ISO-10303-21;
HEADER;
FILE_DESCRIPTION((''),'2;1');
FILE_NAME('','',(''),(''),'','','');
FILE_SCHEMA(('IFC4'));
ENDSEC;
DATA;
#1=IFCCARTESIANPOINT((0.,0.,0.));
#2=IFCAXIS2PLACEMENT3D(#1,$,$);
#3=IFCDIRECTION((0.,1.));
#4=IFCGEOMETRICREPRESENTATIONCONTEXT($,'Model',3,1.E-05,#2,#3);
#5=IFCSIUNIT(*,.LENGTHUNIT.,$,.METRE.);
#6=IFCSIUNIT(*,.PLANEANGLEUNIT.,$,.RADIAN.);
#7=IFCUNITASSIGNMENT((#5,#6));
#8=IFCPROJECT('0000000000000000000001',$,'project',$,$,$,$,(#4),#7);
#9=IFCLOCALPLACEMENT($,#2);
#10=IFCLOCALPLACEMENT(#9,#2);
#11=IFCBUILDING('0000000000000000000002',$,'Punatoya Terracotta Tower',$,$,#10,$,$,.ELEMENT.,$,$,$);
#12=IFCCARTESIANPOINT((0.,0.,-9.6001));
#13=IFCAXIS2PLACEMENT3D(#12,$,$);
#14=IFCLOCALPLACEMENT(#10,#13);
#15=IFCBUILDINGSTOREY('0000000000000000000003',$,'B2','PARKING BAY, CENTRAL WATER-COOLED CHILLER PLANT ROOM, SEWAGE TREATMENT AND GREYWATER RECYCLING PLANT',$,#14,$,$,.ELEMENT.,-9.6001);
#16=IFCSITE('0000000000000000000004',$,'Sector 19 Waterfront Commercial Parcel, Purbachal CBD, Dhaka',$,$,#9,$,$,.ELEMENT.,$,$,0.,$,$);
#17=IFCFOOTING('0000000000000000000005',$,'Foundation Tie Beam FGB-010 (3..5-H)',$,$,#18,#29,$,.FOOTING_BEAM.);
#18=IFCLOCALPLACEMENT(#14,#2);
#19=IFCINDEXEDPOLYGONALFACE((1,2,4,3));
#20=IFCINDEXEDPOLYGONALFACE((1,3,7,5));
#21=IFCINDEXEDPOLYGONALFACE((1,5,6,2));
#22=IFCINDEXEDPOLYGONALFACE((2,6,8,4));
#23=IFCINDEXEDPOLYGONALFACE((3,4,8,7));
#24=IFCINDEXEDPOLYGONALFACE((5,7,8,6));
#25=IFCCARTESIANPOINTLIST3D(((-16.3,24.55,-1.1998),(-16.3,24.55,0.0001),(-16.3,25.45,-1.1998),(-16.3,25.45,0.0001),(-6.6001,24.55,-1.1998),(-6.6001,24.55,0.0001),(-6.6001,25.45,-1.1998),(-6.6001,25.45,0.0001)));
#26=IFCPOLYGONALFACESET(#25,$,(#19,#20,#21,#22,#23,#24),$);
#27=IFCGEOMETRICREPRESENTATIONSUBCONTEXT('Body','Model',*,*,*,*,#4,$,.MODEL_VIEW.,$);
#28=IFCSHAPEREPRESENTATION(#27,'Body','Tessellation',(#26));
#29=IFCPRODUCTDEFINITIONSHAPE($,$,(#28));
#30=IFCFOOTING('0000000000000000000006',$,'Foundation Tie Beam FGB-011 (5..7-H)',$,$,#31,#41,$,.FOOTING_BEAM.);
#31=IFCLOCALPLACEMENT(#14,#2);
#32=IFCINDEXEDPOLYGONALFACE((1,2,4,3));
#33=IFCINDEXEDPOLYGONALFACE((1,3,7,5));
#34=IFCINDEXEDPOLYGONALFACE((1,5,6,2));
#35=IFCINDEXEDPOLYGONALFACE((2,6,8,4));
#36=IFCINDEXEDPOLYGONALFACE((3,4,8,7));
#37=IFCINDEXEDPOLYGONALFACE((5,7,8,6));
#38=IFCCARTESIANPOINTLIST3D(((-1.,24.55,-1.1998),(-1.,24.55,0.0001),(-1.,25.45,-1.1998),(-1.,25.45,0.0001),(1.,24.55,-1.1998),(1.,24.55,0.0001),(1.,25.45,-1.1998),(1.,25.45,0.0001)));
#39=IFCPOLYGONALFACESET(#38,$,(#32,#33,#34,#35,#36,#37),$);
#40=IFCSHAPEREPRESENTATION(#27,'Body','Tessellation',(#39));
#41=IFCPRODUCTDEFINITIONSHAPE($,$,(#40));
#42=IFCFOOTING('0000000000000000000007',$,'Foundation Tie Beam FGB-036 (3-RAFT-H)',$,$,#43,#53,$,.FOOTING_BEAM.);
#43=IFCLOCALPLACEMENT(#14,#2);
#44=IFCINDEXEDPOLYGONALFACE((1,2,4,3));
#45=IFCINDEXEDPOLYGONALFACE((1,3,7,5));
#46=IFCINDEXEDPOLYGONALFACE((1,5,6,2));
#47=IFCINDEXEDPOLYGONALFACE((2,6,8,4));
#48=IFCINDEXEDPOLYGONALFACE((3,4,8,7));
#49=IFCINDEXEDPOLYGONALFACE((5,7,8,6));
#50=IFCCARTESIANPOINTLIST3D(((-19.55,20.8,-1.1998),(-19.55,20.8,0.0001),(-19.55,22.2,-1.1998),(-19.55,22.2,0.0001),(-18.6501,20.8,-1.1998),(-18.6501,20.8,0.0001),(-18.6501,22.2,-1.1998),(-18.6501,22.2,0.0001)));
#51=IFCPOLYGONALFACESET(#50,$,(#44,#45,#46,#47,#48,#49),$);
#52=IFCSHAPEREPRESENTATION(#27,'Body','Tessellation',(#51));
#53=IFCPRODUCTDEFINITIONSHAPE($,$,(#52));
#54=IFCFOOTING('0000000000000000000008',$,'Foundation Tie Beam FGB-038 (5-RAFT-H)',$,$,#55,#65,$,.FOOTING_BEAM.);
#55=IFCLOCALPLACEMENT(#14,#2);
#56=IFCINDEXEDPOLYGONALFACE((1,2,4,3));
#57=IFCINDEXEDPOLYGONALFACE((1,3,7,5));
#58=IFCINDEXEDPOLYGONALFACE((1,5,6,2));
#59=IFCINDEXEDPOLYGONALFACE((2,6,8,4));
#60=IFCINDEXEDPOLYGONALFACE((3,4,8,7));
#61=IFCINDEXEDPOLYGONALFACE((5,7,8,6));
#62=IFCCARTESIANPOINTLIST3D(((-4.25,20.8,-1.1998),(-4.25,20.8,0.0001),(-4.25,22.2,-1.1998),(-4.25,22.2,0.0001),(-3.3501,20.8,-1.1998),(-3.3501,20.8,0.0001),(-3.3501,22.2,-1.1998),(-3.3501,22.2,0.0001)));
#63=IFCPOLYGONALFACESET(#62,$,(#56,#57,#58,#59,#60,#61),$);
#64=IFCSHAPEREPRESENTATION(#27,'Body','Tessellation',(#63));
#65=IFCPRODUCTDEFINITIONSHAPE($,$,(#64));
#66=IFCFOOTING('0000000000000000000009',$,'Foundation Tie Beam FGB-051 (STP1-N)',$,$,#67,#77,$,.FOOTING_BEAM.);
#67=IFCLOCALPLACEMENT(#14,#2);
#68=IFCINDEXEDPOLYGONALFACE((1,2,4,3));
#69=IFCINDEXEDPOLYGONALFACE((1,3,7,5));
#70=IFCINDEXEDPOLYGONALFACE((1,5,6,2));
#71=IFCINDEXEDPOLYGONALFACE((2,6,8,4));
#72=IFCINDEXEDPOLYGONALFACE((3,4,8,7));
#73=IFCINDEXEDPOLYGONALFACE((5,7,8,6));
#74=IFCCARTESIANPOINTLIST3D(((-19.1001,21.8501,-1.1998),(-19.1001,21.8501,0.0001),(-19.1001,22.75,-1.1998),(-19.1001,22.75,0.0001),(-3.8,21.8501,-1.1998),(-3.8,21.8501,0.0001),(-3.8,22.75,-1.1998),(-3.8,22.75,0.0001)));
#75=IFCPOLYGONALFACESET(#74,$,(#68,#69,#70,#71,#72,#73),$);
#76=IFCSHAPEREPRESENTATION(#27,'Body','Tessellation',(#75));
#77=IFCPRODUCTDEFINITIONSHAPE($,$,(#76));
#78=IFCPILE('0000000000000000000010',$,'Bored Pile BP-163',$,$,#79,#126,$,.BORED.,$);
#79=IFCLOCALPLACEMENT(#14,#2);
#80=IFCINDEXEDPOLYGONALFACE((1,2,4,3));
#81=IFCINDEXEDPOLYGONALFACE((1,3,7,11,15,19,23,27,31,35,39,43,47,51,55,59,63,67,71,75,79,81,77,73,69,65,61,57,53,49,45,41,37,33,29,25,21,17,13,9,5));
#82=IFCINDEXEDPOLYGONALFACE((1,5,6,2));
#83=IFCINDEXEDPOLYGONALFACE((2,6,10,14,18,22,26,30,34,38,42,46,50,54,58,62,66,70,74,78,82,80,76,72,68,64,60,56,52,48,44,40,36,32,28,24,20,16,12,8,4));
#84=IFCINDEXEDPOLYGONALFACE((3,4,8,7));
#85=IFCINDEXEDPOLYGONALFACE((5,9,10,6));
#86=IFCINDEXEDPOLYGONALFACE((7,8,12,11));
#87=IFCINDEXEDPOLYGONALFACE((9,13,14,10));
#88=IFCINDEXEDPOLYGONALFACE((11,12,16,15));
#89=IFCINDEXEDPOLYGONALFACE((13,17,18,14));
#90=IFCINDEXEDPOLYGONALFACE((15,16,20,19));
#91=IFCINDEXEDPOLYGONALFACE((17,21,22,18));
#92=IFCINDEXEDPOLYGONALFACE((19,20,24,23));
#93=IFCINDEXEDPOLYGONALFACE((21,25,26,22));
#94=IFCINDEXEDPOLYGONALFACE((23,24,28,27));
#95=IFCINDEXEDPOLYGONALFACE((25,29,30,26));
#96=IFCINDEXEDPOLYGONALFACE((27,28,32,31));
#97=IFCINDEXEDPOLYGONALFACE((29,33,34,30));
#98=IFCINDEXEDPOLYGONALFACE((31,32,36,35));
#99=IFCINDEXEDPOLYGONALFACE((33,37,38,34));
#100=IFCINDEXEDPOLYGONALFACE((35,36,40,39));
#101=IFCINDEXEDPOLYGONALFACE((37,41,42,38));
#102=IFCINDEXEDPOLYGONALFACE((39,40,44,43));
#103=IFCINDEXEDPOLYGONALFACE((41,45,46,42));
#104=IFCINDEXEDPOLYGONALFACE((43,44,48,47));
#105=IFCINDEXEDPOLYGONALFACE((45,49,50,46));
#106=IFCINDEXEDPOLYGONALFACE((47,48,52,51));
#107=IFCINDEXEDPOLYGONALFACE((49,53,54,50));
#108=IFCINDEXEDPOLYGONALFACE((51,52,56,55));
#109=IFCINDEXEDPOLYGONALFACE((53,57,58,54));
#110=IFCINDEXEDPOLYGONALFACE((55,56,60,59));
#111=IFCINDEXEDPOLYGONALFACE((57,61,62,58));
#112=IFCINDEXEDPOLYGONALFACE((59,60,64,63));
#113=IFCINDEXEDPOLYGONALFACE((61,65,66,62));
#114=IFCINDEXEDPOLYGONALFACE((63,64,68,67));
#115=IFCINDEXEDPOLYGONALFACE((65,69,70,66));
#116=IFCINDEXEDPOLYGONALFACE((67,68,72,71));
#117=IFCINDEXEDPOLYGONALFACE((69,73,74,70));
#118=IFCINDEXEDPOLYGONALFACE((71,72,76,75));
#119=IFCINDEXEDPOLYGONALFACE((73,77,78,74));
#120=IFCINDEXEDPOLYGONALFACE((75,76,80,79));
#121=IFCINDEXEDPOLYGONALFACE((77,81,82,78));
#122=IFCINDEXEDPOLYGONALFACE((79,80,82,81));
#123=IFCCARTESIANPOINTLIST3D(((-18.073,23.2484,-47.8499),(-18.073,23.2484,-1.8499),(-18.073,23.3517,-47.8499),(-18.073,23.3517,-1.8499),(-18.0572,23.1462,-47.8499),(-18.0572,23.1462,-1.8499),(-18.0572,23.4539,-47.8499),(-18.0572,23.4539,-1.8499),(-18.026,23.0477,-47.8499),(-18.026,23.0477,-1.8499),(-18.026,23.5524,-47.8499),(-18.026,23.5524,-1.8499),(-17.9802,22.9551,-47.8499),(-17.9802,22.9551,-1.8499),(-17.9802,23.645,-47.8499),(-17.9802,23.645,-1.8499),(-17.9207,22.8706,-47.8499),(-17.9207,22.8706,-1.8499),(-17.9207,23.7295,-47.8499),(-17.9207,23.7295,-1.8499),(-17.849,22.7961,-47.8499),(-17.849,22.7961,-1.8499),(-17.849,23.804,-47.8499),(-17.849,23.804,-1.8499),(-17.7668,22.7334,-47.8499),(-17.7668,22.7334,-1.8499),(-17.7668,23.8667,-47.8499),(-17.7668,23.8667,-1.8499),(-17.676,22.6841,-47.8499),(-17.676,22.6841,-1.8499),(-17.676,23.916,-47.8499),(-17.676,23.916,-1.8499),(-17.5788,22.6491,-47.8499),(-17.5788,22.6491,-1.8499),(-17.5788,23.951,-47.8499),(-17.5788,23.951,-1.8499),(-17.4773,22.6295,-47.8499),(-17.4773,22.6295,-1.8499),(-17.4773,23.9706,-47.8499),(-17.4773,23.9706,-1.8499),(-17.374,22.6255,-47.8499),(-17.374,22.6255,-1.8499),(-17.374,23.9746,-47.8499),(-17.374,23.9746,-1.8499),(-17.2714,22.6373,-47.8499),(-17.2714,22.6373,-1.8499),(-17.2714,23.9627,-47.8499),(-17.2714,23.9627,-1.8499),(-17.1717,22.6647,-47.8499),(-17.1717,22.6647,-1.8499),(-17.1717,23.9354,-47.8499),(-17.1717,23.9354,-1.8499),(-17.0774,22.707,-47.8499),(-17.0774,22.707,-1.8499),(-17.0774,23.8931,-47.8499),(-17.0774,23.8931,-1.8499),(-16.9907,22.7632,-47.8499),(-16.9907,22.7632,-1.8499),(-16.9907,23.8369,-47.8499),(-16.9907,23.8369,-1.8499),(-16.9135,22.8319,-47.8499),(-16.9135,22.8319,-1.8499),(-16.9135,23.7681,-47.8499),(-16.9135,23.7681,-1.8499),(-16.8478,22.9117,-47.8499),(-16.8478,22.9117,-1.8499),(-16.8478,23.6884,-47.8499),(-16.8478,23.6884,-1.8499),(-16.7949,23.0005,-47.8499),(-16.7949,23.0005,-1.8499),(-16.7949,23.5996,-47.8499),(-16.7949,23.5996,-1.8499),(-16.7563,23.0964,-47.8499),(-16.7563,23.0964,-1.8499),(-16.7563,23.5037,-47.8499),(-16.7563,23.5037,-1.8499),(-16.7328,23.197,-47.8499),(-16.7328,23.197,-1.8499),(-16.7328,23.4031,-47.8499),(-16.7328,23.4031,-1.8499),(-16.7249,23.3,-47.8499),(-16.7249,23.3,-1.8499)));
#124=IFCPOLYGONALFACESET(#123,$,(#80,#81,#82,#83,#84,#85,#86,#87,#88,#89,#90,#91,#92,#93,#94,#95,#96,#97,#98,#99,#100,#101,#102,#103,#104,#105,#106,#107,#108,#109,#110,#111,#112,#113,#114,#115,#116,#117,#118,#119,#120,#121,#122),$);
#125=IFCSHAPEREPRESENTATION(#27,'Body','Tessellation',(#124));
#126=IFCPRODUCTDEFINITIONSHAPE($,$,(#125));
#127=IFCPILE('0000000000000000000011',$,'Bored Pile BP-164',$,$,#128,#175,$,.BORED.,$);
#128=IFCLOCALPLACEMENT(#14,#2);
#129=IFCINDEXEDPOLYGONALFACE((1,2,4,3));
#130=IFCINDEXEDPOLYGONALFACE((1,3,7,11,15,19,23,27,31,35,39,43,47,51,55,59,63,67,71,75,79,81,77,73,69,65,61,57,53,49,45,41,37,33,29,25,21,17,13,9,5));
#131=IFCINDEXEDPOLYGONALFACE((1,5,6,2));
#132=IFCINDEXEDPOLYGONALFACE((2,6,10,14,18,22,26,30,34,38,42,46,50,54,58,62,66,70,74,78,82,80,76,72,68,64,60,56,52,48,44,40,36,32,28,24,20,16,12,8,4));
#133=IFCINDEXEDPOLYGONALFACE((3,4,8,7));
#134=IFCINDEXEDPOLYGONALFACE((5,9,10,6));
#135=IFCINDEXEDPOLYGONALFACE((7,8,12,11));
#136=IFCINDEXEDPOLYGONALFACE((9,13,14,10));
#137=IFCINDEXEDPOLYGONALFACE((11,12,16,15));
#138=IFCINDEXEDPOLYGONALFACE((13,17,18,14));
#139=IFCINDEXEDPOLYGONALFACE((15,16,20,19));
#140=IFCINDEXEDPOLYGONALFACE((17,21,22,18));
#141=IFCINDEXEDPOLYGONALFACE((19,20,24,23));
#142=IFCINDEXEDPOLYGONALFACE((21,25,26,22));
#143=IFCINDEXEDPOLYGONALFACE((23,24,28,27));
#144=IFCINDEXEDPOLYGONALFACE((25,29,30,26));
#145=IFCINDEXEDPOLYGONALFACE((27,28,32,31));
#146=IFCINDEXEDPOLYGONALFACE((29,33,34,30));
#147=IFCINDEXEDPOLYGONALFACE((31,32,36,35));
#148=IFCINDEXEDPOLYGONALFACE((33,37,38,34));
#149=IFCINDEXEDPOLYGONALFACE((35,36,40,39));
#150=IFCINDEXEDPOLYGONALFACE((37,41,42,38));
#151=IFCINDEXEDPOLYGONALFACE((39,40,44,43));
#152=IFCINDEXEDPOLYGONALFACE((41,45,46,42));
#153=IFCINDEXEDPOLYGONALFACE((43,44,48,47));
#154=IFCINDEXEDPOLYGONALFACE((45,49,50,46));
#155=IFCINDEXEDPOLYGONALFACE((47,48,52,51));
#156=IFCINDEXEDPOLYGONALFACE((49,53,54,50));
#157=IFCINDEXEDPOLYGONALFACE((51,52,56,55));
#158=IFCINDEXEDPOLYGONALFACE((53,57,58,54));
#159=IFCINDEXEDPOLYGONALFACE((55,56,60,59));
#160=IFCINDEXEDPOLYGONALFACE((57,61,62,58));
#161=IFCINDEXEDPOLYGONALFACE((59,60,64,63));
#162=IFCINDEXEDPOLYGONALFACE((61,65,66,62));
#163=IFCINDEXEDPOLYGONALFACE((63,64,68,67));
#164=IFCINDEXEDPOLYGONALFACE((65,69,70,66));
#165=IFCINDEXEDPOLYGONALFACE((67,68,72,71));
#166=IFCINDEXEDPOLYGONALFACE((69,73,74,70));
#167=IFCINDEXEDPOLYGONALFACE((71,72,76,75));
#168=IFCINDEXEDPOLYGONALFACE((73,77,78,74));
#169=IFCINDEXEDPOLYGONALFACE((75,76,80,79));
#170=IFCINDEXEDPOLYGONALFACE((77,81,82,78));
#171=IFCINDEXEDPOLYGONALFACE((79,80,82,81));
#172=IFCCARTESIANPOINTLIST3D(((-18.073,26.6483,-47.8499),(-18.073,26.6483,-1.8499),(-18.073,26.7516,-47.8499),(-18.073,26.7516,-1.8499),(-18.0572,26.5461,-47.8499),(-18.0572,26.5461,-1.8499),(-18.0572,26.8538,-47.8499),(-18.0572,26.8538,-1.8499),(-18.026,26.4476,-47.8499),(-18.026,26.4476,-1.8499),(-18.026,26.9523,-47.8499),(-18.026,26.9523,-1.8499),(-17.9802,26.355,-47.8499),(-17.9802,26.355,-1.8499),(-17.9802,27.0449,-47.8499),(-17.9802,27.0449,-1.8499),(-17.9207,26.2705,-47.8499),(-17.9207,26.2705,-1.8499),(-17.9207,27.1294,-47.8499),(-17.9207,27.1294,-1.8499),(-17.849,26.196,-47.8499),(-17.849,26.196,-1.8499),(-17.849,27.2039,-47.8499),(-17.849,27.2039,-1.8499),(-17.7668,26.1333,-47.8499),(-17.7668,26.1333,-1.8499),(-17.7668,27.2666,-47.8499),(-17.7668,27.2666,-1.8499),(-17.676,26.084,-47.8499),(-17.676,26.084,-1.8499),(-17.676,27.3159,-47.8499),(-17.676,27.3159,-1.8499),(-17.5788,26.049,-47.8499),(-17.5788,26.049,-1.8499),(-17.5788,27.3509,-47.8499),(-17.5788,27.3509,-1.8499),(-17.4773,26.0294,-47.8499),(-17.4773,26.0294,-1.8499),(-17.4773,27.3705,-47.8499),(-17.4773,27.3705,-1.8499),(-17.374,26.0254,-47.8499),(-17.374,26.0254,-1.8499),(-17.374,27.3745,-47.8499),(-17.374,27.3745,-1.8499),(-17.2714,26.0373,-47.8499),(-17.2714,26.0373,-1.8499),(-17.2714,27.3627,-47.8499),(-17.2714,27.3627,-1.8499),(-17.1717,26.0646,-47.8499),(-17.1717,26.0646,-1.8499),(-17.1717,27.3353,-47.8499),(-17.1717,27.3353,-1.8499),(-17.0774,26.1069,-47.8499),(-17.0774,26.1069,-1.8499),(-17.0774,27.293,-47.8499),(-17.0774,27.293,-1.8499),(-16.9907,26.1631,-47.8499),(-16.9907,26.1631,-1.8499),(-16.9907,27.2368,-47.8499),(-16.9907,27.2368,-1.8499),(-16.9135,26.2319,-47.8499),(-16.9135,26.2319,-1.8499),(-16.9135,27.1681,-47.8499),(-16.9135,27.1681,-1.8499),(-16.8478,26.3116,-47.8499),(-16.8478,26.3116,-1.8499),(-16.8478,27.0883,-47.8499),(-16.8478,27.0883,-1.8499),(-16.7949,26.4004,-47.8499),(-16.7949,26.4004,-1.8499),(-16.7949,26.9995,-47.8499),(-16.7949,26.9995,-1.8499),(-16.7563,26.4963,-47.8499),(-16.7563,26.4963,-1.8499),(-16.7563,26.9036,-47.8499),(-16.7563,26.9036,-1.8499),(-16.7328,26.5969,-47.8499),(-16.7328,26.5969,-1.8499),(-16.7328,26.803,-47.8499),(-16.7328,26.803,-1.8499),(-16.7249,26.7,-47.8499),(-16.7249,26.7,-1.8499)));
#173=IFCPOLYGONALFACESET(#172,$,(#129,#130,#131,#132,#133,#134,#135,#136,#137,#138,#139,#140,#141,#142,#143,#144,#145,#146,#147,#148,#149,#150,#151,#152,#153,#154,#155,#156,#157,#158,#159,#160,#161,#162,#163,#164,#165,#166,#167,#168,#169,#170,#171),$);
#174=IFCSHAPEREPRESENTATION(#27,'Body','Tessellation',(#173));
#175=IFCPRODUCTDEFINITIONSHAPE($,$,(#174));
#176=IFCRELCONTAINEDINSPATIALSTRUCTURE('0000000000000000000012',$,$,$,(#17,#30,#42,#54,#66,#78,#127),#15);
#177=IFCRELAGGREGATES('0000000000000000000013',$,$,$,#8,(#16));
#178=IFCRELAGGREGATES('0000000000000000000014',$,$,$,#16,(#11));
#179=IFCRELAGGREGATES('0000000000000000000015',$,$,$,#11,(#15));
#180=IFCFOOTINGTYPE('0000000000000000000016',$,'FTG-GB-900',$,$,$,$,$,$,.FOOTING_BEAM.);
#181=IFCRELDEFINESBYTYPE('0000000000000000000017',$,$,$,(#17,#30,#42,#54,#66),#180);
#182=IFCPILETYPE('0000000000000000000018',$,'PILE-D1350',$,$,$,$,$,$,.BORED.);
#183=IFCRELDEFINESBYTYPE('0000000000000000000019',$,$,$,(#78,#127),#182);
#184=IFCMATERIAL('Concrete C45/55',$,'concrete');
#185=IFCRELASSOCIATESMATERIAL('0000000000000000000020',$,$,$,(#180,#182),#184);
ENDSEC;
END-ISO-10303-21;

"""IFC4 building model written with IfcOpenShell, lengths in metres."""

from ifc_helpers import new_model, si_unit, direction, frame, origin, origin_2d, place, context, subcontext, project, spatial, rectangle, circle, extrude, material, material_profile, profile_set, type_object, element, save


model = new_model("IFC4")

# Units and contexts
model_context = context("Model", 3, precision=1e-05, world=origin(), true_north=direction((0.0, 1.0)))
body_context = subcontext(model_context, "Body", "Model", "MODEL_VIEW")
ifc_project = project(units=[si_unit("LENGTHUNIT", "METRE"), si_unit("PLANEANGLEUNIT", "RADIAN")], contexts=[model_context])

# Site, building, storey
site_placement = place(None, origin())
site = spatial("IfcSite", under=ifc_project, at=site_placement, Name="Sector 19 Waterfront Commercial Parcel, Purbachal CBD, Dhaka", CompositionType="ELEMENT", RefElevation=0.0)
building_placement = place(site_placement, origin())
building = spatial("IfcBuilding", under=site, at=building_placement, Name="Punatoya Terracotta Tower", CompositionType="ELEMENT")
storey_placement = place(building_placement, frame((0.0, 0.0, -9.6001)))
storey = spatial("IfcBuildingStorey", under=building, at=storey_placement, Name="B2", Description="PARKING BAY, CENTRAL WATER-COOLED CHILLER PLANT ROOM, SEWAGE TREATMENT AND GREYWATER RECYCLING PLANT", CompositionType="ELEMENT", Elevation=-9.6001)

# Footings
ifc_material_1 = material(Name="Concrete C45/55", Category="concrete")
ifc_material_profile_1 = material_profile(ifc_material_1, rectangle(XDim=0.8999, YDim=1.2, at=origin_2d()))
ifc_profile_set_1 = profile_set([ifc_material_profile_1], Name="Concrete C45/55")
footing_type = type_object("IfcFootingType", Name="FTG-GB-900", PredefinedType="FOOTING_BEAM", material=ifc_profile_set_1)
footing_1_placement = place(storey_placement, frame((-16.3, 25.0, -0.5999), z_axis=(1.0, 0.0, 0.0), x_axis=(0.0, 1.0, 0.0)))
element("IfcFooting", 1, at=footing_1_placement, inside=storey, type_object=footing_type, Name="Foundation Tie Beam FGB-010 (3..5-H)", PredefinedType="FOOTING_BEAM", context=body_context, shape_type="SweptSolid", body=[
    extrude(rectangle(XDim=0.8999, YDim=1.2, at=origin_2d()), origin(), (0.0, 0.0, 1.0), 9.7),
])
footing_2_placement = place(storey_placement, frame((-1.0, 25.0, -0.5999), z_axis=(1.0, 0.0, 0.0), x_axis=(0.0, 1.0, 0.0)))
element("IfcFooting", 2, at=footing_2_placement, inside=storey, type_object=footing_type, Name="Foundation Tie Beam FGB-011 (5..7-H)", PredefinedType="FOOTING_BEAM", context=body_context, shape_type="SweptSolid", body=[
    extrude(rectangle(XDim=0.8999, YDim=1.2, at=origin_2d()), origin(), (0.0, 0.0, 1.0), 2.0),
])
for number, where, z_axis, x_axis, name in (
    (3, (-19.1001, 20.8, -0.5999), (0.0, 1.0, 0.0), (-1.0, 0.0, 0.0), "Foundation Tie Beam FGB-036 (3-RAFT-H)"),
    (4, (-3.8, 20.8, -0.5999), (0.0, 1.0, 0.0), (-1.0, 0.0, 0.0), "Foundation Tie Beam FGB-038 (5-RAFT-H)"),
):
    element("IfcFooting", number, at=place(storey_placement, frame(where, z_axis=z_axis, x_axis=x_axis)), inside=storey, type_object=footing_type, Name=name, PredefinedType="FOOTING_BEAM", context=body_context, shape_type="SweptSolid", body=[
        extrude(rectangle(XDim=0.8999, YDim=1.2, at=origin_2d()), origin(), (0.0, 0.0, 1.0), 1.3999),
    ])
footing_3_placement = place(storey_placement, frame((-19.1001, 22.3, -0.5999), z_axis=(1.0, 0.0, 0.0), x_axis=(0.0, 1.0, 0.0)))
element("IfcFooting", 5, at=footing_3_placement, inside=storey, type_object=footing_type, Name="Foundation Tie Beam FGB-051 (STP1-N)", PredefinedType="FOOTING_BEAM", context=body_context, shape_type="SweptSolid", body=[
    extrude(rectangle(XDim=0.8999, YDim=1.2, at=origin_2d()), origin(), (0.0, 0.0, 1.0), 15.3),
])

# Piles
ifc_material_profile_2 = material_profile(ifc_material_1, circle(Radius=0.675, at=origin_2d()))
ifc_profile_set_2 = profile_set([ifc_material_profile_2], Name="Concrete C45/55")
pile_type_1 = type_object("IfcPileType", Name="PILE-D1350", PredefinedType="BORED", material=ifc_profile_set_2)
for number, where, z_axis, x_axis, name in (
    (6, (-17.3999, 23.3, -1.8499), (0.0, 0.0, -1.0), (1.0, 0.0, 0.0), "Bored Pile BP-163"),
    (7, (-17.3999, 26.7, -1.8499), (0.0, 0.0, -1.0), (1.0, 0.0, 0.0), "Bored Pile BP-164"),
):
    element("IfcPile", number, at=place(storey_placement, frame(where, z_axis=z_axis, x_axis=x_axis)), inside=storey, type_object=pile_type_1, Name=name, PredefinedType="BORED", context=body_context, shape_type="SweptSolid", body=[
        extrude(circle(Radius=0.675, at=origin_2d()), origin(), (0.0, 0.0, 1.0), 46.0),
    ])

save(model, "model.ifc")
